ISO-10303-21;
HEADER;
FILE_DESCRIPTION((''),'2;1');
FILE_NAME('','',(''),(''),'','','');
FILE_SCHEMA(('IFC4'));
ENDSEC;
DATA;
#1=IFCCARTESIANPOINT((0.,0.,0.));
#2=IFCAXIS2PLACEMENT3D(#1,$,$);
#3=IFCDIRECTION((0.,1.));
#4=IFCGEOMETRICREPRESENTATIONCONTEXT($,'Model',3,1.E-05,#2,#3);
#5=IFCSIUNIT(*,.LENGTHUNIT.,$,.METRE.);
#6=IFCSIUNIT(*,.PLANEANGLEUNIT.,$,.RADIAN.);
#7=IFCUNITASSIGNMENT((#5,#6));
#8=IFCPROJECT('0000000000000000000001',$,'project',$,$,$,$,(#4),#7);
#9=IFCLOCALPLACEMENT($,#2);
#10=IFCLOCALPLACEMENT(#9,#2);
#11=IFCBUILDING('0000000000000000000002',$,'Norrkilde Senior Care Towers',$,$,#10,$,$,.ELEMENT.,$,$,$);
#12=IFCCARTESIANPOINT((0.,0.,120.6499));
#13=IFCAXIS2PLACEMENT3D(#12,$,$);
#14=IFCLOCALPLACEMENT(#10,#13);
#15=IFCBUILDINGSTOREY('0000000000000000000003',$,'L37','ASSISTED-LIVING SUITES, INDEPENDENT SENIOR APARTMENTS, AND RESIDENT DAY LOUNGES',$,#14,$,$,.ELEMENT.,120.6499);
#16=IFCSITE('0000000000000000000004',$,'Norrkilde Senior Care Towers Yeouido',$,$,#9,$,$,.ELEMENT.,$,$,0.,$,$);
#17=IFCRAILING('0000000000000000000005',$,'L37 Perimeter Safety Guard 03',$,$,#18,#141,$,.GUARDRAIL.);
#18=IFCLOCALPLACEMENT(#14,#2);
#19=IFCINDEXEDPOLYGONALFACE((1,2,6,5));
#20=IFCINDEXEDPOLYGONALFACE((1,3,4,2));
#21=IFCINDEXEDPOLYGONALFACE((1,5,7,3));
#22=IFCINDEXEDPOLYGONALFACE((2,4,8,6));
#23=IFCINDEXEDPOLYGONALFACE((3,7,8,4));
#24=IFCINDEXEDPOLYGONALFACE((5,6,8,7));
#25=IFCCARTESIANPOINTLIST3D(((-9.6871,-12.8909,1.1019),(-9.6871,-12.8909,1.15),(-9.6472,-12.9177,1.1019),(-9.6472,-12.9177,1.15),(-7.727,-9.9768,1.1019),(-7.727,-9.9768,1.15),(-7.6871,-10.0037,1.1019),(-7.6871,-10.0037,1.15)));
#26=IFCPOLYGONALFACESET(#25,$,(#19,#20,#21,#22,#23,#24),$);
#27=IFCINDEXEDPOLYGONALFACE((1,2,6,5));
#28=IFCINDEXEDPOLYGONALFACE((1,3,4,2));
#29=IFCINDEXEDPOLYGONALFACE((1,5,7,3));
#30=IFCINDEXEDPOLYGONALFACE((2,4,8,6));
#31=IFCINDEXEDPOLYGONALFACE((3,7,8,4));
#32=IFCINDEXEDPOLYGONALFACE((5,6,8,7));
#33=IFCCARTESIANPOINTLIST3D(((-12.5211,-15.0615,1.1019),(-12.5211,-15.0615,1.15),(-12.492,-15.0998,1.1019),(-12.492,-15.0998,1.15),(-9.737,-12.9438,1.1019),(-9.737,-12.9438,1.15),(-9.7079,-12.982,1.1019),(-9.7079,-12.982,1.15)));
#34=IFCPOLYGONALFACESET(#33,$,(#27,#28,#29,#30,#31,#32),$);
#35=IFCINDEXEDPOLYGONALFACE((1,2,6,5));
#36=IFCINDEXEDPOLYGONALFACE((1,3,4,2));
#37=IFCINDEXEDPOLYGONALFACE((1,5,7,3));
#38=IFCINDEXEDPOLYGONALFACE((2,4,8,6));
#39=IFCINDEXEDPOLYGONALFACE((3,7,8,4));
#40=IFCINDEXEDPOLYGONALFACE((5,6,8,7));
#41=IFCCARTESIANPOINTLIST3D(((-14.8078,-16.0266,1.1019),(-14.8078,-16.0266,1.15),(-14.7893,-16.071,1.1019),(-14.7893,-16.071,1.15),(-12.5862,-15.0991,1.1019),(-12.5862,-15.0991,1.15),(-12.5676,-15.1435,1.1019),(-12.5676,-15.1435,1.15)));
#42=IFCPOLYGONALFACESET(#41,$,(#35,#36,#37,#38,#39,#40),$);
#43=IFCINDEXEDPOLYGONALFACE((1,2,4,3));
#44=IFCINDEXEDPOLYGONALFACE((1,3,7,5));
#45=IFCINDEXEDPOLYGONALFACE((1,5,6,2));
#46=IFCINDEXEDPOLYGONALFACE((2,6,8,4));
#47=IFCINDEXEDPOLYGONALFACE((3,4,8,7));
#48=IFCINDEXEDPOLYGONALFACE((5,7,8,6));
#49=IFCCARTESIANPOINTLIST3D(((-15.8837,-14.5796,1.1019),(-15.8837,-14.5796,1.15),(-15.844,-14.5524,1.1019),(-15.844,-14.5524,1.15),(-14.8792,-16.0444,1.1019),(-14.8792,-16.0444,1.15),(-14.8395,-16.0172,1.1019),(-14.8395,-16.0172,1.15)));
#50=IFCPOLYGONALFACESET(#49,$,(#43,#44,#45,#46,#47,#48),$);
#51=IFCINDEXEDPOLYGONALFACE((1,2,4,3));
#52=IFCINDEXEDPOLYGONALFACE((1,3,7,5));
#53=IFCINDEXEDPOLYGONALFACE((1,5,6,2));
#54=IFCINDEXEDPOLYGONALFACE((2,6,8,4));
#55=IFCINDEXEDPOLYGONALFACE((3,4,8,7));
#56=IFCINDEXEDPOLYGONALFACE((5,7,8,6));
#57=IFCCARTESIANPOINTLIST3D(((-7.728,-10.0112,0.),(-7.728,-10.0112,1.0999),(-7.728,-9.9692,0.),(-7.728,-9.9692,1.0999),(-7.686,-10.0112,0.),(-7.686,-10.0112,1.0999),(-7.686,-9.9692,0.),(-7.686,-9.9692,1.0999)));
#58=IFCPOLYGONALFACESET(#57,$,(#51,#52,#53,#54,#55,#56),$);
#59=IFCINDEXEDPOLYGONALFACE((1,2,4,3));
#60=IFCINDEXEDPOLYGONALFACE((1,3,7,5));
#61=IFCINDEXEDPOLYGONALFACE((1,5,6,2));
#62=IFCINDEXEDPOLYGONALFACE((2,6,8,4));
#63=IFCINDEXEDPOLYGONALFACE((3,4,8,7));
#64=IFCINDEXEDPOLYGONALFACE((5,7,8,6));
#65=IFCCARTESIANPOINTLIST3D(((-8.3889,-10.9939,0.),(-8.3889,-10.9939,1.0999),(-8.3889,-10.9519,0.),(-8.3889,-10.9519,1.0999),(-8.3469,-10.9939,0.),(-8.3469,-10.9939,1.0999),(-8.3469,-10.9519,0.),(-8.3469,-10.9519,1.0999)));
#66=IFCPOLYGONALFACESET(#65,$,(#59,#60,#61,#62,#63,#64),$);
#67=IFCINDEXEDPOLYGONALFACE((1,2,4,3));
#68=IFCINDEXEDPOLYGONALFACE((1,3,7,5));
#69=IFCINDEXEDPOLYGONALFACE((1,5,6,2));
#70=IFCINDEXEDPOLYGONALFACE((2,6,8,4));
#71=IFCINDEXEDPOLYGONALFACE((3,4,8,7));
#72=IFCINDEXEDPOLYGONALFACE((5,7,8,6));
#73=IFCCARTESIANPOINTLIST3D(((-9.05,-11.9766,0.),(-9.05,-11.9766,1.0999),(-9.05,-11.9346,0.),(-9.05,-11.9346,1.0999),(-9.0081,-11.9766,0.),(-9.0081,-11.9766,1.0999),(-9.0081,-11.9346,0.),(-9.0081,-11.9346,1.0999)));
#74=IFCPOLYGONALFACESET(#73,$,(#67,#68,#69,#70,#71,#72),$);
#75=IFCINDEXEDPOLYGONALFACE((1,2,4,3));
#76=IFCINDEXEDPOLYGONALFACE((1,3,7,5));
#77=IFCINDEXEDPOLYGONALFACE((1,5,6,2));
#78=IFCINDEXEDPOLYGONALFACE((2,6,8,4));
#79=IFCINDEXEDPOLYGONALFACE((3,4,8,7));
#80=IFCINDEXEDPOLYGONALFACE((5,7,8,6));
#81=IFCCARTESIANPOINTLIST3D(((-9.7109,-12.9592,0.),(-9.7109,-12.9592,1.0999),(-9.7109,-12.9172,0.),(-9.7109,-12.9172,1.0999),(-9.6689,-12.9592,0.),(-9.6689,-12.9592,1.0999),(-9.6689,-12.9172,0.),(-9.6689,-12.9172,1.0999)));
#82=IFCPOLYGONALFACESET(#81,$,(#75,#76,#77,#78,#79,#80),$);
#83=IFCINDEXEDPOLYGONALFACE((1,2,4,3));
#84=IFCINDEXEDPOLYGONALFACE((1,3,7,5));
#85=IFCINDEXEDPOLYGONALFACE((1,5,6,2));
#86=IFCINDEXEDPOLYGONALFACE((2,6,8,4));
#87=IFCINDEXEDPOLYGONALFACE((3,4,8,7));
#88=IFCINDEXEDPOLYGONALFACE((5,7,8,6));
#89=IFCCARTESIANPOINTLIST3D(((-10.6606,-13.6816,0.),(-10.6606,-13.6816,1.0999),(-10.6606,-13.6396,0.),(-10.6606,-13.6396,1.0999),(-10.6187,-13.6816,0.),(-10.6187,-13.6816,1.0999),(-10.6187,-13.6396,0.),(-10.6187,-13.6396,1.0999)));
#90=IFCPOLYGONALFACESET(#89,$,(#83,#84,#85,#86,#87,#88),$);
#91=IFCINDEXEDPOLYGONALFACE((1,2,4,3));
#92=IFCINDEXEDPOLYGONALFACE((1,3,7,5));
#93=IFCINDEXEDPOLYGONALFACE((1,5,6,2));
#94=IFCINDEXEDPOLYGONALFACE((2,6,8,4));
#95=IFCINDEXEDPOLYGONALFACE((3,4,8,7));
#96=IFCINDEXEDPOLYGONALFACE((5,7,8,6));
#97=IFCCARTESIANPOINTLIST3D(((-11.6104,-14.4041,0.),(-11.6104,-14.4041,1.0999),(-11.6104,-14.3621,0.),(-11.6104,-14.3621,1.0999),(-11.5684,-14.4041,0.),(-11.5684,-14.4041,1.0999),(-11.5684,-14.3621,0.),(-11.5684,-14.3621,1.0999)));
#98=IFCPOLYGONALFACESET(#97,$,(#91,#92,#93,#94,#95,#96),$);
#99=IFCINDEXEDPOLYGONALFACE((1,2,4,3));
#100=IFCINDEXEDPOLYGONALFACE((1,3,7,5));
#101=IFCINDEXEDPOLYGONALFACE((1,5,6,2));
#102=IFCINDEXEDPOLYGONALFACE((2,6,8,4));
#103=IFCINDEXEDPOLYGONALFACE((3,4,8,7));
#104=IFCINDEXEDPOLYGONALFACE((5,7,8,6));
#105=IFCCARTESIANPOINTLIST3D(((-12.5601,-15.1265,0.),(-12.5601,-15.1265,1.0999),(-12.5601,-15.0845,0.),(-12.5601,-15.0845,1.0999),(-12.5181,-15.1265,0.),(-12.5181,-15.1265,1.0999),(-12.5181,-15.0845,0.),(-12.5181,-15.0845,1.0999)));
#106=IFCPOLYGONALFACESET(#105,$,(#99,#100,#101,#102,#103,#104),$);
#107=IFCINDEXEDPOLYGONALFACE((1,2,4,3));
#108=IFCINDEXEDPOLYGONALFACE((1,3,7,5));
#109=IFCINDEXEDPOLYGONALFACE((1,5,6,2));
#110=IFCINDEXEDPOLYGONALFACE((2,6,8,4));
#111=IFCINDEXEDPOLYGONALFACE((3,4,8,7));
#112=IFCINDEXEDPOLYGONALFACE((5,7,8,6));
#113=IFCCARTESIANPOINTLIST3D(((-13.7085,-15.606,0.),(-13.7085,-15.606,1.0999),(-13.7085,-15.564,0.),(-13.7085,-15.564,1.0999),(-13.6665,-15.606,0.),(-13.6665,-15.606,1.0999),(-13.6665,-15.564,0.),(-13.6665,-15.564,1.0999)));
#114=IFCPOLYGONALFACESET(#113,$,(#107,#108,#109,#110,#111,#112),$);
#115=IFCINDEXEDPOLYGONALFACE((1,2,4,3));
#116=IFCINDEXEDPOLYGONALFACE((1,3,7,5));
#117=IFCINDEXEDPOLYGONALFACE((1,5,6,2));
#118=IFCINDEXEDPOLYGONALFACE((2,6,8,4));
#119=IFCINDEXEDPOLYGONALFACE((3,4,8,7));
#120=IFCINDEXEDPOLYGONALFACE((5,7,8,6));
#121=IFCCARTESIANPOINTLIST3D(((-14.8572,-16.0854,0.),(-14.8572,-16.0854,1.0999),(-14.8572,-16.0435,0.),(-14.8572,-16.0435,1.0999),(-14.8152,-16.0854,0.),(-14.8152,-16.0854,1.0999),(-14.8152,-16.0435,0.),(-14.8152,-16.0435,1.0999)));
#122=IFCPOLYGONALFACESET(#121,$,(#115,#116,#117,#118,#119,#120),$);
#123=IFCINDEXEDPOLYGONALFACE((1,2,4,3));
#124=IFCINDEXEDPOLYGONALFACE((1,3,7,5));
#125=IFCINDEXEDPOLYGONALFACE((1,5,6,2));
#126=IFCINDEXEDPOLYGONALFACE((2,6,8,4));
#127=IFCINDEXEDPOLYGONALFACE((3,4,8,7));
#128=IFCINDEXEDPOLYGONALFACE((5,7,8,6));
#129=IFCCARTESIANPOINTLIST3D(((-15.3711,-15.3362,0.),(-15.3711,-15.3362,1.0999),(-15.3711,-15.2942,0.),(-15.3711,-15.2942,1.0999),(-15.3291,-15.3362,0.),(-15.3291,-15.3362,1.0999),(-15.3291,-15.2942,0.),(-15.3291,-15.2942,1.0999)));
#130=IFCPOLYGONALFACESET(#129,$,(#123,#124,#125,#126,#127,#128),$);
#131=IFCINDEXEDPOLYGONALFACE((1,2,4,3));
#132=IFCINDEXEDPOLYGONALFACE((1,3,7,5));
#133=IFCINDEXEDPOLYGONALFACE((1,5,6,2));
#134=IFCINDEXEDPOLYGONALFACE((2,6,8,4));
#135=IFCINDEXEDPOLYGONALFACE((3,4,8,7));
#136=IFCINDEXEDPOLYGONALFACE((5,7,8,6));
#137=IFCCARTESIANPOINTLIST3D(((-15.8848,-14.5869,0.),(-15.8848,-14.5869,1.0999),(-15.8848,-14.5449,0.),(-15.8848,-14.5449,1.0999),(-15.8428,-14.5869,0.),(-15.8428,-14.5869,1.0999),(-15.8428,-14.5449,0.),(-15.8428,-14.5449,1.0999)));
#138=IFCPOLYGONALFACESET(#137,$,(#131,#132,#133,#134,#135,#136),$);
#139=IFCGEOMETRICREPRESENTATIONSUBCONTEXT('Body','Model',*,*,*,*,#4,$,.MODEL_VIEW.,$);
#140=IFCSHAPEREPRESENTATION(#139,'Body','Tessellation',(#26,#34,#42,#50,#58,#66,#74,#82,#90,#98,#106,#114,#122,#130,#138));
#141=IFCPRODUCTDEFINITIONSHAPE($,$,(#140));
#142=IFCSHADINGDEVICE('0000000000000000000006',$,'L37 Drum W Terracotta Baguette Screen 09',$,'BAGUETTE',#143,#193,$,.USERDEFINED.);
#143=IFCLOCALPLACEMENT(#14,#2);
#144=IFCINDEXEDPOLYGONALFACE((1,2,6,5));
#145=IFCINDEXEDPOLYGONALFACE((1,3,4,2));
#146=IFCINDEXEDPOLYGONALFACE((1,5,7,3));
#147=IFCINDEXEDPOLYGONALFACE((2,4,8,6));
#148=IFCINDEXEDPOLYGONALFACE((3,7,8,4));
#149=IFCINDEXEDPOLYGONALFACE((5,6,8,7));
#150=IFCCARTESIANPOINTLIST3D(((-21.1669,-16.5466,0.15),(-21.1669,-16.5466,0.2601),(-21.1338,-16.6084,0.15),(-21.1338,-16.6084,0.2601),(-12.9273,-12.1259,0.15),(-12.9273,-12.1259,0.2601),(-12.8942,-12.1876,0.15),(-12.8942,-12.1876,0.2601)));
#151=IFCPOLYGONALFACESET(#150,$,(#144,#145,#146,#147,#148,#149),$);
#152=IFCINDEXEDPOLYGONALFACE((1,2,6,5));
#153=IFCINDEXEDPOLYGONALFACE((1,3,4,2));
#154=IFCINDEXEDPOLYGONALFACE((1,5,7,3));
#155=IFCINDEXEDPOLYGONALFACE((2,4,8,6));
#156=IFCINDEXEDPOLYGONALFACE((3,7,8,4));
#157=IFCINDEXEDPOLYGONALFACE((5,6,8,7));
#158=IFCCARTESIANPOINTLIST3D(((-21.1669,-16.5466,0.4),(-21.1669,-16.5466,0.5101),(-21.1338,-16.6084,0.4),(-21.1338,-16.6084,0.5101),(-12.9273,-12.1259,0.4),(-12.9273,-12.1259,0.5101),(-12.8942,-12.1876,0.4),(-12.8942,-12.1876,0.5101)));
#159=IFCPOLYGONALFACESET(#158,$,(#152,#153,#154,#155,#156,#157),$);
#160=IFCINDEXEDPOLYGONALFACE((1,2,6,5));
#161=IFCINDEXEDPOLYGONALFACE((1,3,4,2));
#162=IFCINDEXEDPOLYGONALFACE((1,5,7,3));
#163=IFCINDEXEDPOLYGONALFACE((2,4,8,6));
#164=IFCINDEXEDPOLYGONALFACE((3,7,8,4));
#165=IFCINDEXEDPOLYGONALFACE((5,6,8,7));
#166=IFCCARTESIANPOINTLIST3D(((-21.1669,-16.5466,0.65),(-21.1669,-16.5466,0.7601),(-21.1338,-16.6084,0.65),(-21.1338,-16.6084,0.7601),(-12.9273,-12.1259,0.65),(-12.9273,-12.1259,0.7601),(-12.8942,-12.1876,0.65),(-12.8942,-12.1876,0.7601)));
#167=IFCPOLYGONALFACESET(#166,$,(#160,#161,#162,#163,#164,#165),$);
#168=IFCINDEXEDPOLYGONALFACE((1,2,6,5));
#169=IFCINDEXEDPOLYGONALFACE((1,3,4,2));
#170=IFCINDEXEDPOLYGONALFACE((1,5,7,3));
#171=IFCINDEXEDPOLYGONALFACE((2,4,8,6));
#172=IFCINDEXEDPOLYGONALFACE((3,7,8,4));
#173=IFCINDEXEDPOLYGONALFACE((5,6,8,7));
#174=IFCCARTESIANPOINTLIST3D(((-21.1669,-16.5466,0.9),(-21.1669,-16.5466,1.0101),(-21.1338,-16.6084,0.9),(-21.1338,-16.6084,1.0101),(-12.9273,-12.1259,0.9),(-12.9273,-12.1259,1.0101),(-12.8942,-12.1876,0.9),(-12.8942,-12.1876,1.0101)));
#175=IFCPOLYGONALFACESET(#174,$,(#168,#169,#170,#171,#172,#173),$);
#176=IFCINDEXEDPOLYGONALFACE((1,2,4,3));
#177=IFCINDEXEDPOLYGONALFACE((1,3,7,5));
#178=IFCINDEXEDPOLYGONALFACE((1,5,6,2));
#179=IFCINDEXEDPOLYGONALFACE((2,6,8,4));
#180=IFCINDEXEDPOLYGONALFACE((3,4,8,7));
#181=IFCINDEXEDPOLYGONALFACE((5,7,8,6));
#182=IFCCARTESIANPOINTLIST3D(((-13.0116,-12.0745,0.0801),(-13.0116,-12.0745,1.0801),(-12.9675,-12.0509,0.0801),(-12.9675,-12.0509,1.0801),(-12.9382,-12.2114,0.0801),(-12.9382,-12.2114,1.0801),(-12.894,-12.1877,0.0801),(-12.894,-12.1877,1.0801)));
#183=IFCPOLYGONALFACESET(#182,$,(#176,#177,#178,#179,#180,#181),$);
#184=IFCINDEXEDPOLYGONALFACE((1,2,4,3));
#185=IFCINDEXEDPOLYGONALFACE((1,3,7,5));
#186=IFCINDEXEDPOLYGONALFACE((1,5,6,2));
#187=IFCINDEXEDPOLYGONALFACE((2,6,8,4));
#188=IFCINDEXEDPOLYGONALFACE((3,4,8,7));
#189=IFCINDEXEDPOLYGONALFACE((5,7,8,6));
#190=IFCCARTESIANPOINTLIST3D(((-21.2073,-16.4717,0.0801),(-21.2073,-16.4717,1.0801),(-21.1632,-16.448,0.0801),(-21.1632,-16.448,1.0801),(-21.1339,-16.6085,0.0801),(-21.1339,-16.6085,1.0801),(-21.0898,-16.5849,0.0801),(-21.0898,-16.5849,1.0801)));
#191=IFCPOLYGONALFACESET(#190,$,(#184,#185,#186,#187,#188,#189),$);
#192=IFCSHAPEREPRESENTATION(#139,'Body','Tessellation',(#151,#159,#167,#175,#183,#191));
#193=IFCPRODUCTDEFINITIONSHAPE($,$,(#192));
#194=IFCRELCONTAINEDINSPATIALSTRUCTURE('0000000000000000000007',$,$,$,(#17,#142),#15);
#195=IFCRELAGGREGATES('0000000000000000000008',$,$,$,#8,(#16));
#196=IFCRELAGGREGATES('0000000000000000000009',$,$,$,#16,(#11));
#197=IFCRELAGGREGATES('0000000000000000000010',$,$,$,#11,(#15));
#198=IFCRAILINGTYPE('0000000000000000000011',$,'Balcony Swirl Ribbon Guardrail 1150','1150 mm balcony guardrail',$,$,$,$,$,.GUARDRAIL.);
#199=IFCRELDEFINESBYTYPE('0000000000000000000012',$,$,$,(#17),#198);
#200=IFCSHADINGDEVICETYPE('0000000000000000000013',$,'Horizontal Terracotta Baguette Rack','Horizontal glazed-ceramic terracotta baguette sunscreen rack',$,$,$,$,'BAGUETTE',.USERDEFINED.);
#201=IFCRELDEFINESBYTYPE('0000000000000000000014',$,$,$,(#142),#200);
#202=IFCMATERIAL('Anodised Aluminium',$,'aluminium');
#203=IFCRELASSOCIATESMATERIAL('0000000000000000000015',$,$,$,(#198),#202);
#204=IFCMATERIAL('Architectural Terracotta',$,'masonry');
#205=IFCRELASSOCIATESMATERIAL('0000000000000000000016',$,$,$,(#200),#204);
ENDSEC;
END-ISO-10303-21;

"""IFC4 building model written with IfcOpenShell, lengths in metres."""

from ifc_helpers import new_model, si_unit, direction, frame, origin, origin_2d, place, context, subcontext, project, spatial, rectangle, extrude, source, transform, mapped, material, type_object, type_shapes, element, save


model = new_model("IFC4")

# Units and contexts
model_context = context("Model", 3, precision=1e-05, world=origin(), true_north=direction((0.0, 1.0)))
body_context = subcontext(model_context, "Body", "Model", "MODEL_VIEW")
ifc_project = project(units=[si_unit("LENGTHUNIT", "METRE"), si_unit("PLANEANGLEUNIT", "RADIAN")], contexts=[model_context])

# Site, building, storey
site_placement = place(None, origin())
site = spatial("IfcSite", under=ifc_project, at=site_placement, Name="Norrkilde Senior Care Towers Yeouido", CompositionType="ELEMENT", RefElevation=0.0)
building_placement = place(site_placement, origin())
building = spatial("IfcBuilding", under=site, at=building_placement, Name="Norrkilde Senior Care Towers", CompositionType="ELEMENT")
storey_placement = place(building_placement, frame((0.0, 0.0, 120.6499)))
storey = spatial("IfcBuildingStorey", under=building, at=storey_placement, Name="L37", Description="ASSISTED-LIVING SUITES, INDEPENDENT SENIOR APARTMENTS, AND RESIDENT DAY LOUNGES", CompositionType="ELEMENT", Elevation=120.6499)

# Shared definitions
ifc_material_1 = material(Name="Anodised Aluminium", Category="aluminium")

# Railing
railing_type = type_object("IfcRailingType", Name="Balcony Swirl Ribbon Guardrail 1150", Description="1150 mm balcony guardrail", PredefinedType="GUARDRAIL", material=ifc_material_1)
railing_placement = place(storey_placement, frame((-7.707, -9.9902, 0.0)))
element("IfcRailing", 1, at=railing_placement, inside=storey, type_object=railing_type, Name="L37 Perimeter Safety Guard 03", PredefinedType="GUARDRAIL", context=body_context, shape_type="SweptSolid", body=[
    extrude(rectangle(XDim=0.0481, YDim=0.0481, at=origin_2d()), frame((0.0, 0.0, 1.126), z_axis=(-0.558121, -0.82976, 0.0), x_axis=(0.82976, -0.558121, 0.0)), (0.0, 0.0, 1.0), 3.512),
    extrude(rectangle(XDim=0.0481, YDim=0.0481, at=origin_2d()), frame((-2.0154, -2.9727, 1.126), z_axis=(-0.795906, -0.60542, 0.0), x_axis=(0.60542, -0.795906, 0.0)), (0.0, 0.0, 1.0), 3.498),
    extrude(rectangle(XDim=0.0481, YDim=0.0481, at=origin_2d()), frame((-4.8699, -5.1311, 1.126), z_axis=(-0.922813, -0.385249, 0.0), x_axis=(0.385249, -0.922813, 0.0)), (0.0, 0.0, 1.0), 2.4075),
    extrude(rectangle(XDim=0.0481, YDim=0.0481, at=origin_2d()), frame((-7.1523, -6.0405, 1.126), z_axis=(-0.565536, 0.824723, 0.0), x_axis=(-0.824723, -0.565536, 0.0)), (0.0, 0.0, 1.0), 1.7761),
    extrude(rectangle(XDim=0.042, YDim=0.042, at=origin_2d()), origin(), (0.0, 0.0, 1.0), 1.0999),
    extrude(rectangle(XDim=0.042, YDim=0.042, at=origin_2d()), frame((-0.6609, -0.9827, 0.0)), (0.0, 0.0, 1.0), 1.0999),
    extrude(rectangle(XDim=0.042, YDim=0.042, at=origin_2d()), frame((-1.322, -1.9653, 0.0)), (0.0, 0.0, 1.0), 1.0999),
    extrude(rectangle(XDim=0.042, YDim=0.042, at=origin_2d()), frame((-1.9829, -2.948, 0.0)), (0.0, 0.0, 1.0), 1.0999),
    extrude(rectangle(XDim=0.042, YDim=0.042, at=origin_2d()), frame((-2.9326, -3.6704, 0.0)), (0.0, 0.0, 1.0), 1.0999),
    extrude(rectangle(XDim=0.042, YDim=0.042, at=origin_2d()), frame((-3.8823, -4.3928, 0.0)), (0.0, 0.0, 1.0), 1.0999),
    extrude(rectangle(XDim=0.042, YDim=0.042, at=origin_2d()), frame((-4.832, -5.1152, 0.0)), (0.0, 0.0, 1.0), 1.0999),
    extrude(rectangle(XDim=0.042, YDim=0.042, at=origin_2d()), frame((-5.9805, -5.5947, 0.0)), (0.0, 0.0, 1.0), 1.0999),
    extrude(rectangle(XDim=0.042, YDim=0.042, at=origin_2d()), frame((-7.1292, -6.0742, 0.0)), (0.0, 0.0, 1.0), 1.0999),
    extrude(rectangle(XDim=0.042, YDim=0.042, at=origin_2d()), frame((-7.6431, -5.325, 0.0)), (0.0, 0.0, 1.0), 1.0999),
    extrude(rectangle(XDim=0.042, YDim=0.042, at=origin_2d()), frame((-8.1567, -4.5757, 0.0)), (0.0, 0.0, 1.0), 1.0999),
])

# Shading device
ifc_material_2 = material(Name="Architectural Terracotta", Category="masonry")
shading_device_type = type_object("IfcShadingDeviceType", Name="Horizontal Terracotta Baguette Rack", Description="Horizontal glazed-ceramic terracotta baguette sunscreen rack", ElementType="BAGUETTE", PredefinedType="USERDEFINED", material=ifc_material_2)
shared_shape_1 = source(origin(), body_context, "Body", "SweptSolid", [
    extrude(rectangle(XDim=0.0701, YDim=0.1101, at=origin_2d()), frame((0.0, 0.0901, 0.125), z_axis=(1.0, 0.0, 0.0), x_axis=(0.0, 1.0, 0.0)), (0.0, 0.0, 1.0), 9.3506),
    extrude(rectangle(XDim=0.0701, YDim=0.1101, at=origin_2d()), frame((0.0, 0.0901, 0.375), z_axis=(1.0, 0.0, 0.0), x_axis=(0.0, 1.0, 0.0)), (0.0, 0.0, 1.0), 9.3506),
    extrude(rectangle(XDim=0.0701, YDim=0.1101, at=origin_2d()), frame((0.0, 0.0901, 0.625), z_axis=(1.0, 0.0, 0.0), x_axis=(0.0, 1.0, 0.0)), (0.0, 0.0, 1.0), 9.3506),
    extrude(rectangle(XDim=0.0701, YDim=0.1101, at=origin_2d()), frame((0.0, 0.0901, 0.875), z_axis=(1.0, 0.0, 0.0), x_axis=(0.0, 1.0, 0.0)), (0.0, 0.0, 1.0), 9.3506),
    extrude(rectangle(XDim=0.05, YDim=0.1553, at=origin_2d()), frame((0.0249, 0.0476, 0.0)), (0.0, 0.0, 1.0), 1.0),
    extrude(rectangle(XDim=0.05, YDim=0.1553, at=origin_2d()), frame((9.3257, 0.0476, 0.0)), (0.0, 0.0, 1.0), 1.0),
])
type_shapes(shading_device_type, [shared_shape_1])
shading_device_placement = place(storey_placement, frame((-12.9534, -12.0774, 0.0801), z_axis=(0.0, 0.0, 1.0), x_axis=(-0.881175, -0.472768, 0.0)))
element("IfcShadingDevice", 2, at=shading_device_placement, inside=storey, type_object=shading_device_type, Name="L37 Drum W Terracotta Baguette Screen 09", ObjectType="BAGUETTE", PredefinedType="USERDEFINED", context=body_context, shape_type="MappedRepresentation", body=[
    mapped(shared_shape_1, transform((0.0, 0.0, 0.0), x_axis=(1.0, 0.0, 0.0), y_axis=(0.0, 1.0, 0.0), z_axis=(0.0, 0.0, 1.0), scale=1.0)),
])

save(model, "model.ifc")
